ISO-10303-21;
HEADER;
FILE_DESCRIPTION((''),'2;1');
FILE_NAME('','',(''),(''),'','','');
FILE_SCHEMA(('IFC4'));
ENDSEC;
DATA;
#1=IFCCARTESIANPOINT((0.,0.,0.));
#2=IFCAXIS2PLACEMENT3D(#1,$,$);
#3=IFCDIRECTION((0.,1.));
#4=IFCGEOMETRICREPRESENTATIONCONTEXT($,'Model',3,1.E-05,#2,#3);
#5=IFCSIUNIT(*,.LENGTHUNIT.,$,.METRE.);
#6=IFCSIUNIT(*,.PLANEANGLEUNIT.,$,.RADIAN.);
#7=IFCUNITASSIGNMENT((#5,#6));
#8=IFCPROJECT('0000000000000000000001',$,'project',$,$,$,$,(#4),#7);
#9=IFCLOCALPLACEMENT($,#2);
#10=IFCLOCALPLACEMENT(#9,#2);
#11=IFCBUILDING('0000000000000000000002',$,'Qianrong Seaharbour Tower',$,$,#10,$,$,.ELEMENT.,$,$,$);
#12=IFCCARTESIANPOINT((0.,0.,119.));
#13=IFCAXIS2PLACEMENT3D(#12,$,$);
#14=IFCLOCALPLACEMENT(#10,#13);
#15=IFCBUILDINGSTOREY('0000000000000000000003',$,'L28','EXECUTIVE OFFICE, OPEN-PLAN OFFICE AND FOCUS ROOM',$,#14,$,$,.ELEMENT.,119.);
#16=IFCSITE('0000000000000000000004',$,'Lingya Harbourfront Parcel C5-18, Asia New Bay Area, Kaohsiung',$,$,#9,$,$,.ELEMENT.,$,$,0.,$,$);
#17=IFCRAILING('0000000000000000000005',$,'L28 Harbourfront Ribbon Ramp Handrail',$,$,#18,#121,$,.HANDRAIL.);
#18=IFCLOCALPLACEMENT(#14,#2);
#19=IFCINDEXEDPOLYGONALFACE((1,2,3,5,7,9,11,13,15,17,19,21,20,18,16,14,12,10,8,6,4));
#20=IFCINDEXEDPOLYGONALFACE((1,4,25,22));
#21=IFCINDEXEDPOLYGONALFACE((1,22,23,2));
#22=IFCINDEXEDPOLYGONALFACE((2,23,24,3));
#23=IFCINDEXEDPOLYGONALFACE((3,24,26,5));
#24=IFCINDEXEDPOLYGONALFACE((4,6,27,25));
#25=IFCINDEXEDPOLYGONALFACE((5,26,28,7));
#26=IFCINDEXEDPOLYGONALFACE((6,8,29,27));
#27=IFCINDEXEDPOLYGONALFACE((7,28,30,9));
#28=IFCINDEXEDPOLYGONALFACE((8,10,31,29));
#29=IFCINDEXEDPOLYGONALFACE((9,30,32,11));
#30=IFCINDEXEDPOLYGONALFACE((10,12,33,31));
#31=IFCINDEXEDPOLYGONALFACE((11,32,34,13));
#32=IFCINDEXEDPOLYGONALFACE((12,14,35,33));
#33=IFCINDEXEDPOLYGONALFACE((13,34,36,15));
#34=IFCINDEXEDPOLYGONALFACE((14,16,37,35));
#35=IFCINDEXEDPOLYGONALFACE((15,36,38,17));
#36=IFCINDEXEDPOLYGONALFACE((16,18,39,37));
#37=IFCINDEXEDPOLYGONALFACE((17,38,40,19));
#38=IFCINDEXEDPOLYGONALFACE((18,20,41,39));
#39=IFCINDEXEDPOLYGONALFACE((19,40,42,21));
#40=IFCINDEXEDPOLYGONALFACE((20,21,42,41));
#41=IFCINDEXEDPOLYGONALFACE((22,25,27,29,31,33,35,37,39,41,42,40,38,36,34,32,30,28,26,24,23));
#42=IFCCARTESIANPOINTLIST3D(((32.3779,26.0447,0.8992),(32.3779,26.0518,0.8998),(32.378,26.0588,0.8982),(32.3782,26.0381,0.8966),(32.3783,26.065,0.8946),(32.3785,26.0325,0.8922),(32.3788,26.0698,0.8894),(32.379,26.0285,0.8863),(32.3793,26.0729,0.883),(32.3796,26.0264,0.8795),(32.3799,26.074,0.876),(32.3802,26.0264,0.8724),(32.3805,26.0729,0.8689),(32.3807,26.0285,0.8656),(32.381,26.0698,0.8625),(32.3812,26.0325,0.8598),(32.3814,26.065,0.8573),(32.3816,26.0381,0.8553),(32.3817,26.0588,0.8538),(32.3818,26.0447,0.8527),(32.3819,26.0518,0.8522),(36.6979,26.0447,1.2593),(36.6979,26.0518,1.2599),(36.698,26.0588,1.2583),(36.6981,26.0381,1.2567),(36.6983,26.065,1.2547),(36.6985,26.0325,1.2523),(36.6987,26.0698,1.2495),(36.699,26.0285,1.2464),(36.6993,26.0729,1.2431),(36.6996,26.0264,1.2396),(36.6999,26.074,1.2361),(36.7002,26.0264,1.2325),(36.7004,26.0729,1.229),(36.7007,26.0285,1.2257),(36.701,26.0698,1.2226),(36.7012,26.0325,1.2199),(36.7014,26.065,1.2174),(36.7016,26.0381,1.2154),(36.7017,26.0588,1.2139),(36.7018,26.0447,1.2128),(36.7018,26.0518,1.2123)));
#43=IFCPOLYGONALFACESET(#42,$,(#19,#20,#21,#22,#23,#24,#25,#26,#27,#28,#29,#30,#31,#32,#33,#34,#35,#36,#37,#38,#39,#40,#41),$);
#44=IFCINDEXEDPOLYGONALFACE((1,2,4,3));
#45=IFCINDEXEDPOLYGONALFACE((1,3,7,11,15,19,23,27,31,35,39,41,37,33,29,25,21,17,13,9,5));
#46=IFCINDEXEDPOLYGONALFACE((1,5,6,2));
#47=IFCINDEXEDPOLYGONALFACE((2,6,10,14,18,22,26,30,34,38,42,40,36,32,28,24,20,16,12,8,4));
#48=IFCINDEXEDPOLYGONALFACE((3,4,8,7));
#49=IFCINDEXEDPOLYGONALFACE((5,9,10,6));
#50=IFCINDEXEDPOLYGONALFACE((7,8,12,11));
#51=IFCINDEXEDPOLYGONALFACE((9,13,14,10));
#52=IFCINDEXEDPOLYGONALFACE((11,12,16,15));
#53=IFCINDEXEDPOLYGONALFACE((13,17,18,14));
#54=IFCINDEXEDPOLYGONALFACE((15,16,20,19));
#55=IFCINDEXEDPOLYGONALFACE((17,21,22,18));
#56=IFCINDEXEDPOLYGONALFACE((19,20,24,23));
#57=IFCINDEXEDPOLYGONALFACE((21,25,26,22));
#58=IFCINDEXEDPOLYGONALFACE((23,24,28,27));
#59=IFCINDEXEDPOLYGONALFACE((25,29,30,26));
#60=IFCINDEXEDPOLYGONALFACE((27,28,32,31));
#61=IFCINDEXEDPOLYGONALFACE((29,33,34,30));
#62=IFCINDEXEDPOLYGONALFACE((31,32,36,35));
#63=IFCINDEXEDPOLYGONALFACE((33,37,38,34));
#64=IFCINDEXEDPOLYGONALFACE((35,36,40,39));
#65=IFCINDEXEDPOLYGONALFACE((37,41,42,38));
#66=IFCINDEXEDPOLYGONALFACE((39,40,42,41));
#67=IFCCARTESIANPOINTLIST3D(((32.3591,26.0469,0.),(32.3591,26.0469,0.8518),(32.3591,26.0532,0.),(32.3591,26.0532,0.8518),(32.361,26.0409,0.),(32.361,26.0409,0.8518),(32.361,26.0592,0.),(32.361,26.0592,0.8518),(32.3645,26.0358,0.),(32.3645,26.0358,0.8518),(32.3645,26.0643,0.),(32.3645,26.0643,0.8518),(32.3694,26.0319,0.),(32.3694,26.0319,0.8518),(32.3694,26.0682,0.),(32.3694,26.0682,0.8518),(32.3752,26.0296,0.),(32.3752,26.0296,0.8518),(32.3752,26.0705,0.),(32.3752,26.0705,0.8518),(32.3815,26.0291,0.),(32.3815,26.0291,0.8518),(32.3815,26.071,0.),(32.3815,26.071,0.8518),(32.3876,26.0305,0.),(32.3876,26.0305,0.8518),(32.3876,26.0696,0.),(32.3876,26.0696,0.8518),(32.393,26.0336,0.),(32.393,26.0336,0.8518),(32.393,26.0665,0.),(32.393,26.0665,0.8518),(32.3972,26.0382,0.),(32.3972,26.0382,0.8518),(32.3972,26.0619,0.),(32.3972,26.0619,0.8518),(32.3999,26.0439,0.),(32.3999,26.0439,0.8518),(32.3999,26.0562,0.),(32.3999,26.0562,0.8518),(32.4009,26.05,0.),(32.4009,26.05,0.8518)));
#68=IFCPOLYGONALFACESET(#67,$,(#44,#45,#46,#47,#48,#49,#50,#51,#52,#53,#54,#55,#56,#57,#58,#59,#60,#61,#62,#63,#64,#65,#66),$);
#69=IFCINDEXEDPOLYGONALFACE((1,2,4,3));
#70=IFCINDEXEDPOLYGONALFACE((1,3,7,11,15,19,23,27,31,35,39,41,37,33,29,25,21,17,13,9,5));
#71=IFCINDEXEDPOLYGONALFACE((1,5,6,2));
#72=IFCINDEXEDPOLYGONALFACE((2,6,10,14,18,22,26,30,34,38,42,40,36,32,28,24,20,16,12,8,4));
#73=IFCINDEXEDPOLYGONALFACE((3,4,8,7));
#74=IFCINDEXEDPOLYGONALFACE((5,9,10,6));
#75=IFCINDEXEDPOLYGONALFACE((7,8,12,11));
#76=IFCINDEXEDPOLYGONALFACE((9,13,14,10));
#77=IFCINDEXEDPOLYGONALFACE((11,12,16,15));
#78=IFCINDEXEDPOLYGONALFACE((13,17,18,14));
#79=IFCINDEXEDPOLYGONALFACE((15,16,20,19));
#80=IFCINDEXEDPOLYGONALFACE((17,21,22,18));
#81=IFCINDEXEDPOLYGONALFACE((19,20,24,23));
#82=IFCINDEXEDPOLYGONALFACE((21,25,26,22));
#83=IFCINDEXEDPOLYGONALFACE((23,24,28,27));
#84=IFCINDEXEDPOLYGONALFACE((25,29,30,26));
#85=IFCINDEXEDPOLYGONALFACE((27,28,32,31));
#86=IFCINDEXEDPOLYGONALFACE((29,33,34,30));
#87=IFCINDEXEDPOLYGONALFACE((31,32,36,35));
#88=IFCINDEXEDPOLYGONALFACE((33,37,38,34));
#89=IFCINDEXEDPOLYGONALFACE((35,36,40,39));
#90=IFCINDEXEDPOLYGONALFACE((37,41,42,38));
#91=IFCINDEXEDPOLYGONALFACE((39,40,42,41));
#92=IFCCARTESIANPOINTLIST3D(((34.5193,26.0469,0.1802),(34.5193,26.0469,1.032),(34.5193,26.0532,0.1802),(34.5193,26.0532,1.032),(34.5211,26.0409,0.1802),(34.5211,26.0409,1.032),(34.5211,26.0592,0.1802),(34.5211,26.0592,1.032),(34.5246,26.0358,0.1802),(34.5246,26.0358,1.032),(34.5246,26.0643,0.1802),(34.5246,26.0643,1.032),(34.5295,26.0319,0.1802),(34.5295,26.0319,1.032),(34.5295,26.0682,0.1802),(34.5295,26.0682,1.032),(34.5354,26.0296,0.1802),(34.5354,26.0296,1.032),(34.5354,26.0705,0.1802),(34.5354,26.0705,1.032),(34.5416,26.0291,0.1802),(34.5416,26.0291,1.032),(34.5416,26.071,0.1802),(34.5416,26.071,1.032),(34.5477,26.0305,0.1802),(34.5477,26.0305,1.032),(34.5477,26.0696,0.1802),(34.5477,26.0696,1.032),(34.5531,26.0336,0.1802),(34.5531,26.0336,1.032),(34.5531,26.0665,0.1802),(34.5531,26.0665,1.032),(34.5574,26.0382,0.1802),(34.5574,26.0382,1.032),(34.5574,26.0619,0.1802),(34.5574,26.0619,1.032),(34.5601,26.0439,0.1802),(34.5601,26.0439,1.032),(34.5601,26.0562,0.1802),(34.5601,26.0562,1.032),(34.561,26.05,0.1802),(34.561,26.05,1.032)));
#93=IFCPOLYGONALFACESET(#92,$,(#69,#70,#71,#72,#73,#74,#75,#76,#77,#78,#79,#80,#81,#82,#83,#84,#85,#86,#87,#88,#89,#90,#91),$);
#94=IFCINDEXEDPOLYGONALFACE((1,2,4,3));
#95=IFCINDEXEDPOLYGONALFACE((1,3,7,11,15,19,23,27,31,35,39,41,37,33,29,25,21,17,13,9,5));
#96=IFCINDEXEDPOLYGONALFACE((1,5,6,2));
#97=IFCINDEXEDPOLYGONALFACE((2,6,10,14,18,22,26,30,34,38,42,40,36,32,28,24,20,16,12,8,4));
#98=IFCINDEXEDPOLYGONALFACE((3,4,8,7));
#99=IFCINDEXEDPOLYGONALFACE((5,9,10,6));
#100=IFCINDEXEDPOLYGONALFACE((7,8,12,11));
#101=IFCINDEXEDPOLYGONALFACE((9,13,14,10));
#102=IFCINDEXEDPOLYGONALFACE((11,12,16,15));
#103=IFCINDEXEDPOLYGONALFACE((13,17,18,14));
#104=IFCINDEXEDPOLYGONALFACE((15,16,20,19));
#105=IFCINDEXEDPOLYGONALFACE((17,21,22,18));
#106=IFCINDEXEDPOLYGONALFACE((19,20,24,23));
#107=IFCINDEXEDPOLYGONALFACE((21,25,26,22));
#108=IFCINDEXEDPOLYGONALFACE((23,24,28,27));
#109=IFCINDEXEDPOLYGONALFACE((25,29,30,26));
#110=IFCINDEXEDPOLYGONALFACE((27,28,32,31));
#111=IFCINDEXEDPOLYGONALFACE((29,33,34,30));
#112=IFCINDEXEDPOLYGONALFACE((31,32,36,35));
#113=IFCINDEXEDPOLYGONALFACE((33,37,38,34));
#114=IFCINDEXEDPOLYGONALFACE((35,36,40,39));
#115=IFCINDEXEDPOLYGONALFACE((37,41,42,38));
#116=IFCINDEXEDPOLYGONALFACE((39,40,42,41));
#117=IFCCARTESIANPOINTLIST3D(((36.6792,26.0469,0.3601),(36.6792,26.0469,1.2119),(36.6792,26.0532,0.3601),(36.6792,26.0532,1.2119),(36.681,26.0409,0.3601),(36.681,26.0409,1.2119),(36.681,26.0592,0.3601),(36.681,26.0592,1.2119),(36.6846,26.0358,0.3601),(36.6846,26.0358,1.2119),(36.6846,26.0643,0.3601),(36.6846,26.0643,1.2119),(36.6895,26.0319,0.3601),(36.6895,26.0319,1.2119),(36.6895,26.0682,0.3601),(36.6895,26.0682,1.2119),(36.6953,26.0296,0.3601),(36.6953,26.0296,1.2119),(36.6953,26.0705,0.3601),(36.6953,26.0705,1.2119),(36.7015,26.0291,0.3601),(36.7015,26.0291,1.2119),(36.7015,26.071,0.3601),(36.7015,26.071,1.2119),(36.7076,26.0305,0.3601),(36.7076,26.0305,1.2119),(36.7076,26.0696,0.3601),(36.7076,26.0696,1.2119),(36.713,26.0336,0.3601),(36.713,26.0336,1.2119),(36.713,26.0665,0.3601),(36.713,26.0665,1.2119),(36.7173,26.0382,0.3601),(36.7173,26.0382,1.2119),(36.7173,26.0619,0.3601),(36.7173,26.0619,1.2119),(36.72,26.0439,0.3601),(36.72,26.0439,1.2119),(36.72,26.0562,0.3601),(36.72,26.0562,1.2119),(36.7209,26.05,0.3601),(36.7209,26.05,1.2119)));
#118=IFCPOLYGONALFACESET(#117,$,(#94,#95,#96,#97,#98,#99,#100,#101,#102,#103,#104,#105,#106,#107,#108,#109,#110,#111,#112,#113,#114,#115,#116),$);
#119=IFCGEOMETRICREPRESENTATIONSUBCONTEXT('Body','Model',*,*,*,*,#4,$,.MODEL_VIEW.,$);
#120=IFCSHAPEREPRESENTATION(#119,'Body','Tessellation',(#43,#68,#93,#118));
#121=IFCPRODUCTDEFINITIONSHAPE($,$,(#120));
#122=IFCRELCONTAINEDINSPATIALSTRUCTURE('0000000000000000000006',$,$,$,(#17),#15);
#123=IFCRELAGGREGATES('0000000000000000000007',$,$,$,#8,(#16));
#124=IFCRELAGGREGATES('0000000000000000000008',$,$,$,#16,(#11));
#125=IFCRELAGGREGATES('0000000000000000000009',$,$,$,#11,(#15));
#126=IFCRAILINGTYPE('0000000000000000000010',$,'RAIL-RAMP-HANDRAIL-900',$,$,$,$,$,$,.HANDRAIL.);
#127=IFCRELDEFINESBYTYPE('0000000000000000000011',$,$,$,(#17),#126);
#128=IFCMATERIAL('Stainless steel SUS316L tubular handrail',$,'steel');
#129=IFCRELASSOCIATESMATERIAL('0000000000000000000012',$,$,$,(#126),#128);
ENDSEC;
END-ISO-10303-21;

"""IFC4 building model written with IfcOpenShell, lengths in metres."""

from ifc_helpers import new_model, si_unit, direction, frame, origin, origin_2d, place, context, subcontext, project, spatial, circle, extrude, material, type_object, element, save


model = new_model("IFC4")

# Units and contexts
model_context = context("Model", 3, precision=1e-05, world=origin(), true_north=direction((0.0, 1.0)))
body_context = subcontext(model_context, "Body", "Model", "MODEL_VIEW")
ifc_project = project(units=[si_unit("LENGTHUNIT", "METRE"), si_unit("PLANEANGLEUNIT", "RADIAN")], contexts=[model_context])

# Site, building, storey
site_placement = place(None, origin())
site = spatial("IfcSite", under=ifc_project, at=site_placement, Name="Lingya Harbourfront Parcel C5-18, Asia New Bay Area, Kaohsiung", CompositionType="ELEMENT", RefElevation=0.0)
building_placement = place(site_placement, origin())
building = spatial("IfcBuilding", under=site, at=building_placement, Name="Qianrong Seaharbour Tower", CompositionType="ELEMENT")
storey_placement = place(building_placement, frame((0.0, 0.0, 119.0)))
storey = spatial("IfcBuildingStorey", under=building, at=storey_placement, Name="L28", Description="EXECUTIVE OFFICE, OPEN-PLAN OFFICE AND FOCUS ROOM", CompositionType="ELEMENT", Elevation=119.0)

# Railing
ifc_material_1 = material(Name="Stainless steel SUS316L tubular handrail", Category="steel")
railing_type = type_object("IfcRailingType", Name="RAIL-RAMP-HANDRAIL-900", PredefinedType="HANDRAIL", material=ifc_material_1)
railing_placement = place(storey_placement, frame((32.3799, 26.05, 0.0)))
element("IfcRailing", 1, at=railing_placement, inside=storey, type_object=railing_type, Name="L28 Harbourfront Ribbon Ramp Handrail", PredefinedType="HANDRAIL", context=body_context, shape_type="SweptSolid", body=[
    extrude(circle(Radius=0.0239, at=origin_2d()), frame((0.0, 0.0, 0.876), z_axis=(0.996544, 0.0, 0.083069), x_axis=(0.0, 1.0, 0.0)), (0.0, 0.0, 1.0), 4.335),
    extrude(circle(Radius=0.021, at=origin_2d()), origin(), (0.0, 0.0, 1.0), 0.8518),
    extrude(circle(Radius=0.021, at=origin_2d()), frame((2.1602, 0.0, 0.1802)), (0.0, 0.0, 1.0), 0.8518),
    extrude(circle(Radius=0.021, at=origin_2d()), frame((4.3201, 0.0, 0.3601)), (0.0, 0.0, 1.0), 0.8518),
])

save(model, "model.ifc")
